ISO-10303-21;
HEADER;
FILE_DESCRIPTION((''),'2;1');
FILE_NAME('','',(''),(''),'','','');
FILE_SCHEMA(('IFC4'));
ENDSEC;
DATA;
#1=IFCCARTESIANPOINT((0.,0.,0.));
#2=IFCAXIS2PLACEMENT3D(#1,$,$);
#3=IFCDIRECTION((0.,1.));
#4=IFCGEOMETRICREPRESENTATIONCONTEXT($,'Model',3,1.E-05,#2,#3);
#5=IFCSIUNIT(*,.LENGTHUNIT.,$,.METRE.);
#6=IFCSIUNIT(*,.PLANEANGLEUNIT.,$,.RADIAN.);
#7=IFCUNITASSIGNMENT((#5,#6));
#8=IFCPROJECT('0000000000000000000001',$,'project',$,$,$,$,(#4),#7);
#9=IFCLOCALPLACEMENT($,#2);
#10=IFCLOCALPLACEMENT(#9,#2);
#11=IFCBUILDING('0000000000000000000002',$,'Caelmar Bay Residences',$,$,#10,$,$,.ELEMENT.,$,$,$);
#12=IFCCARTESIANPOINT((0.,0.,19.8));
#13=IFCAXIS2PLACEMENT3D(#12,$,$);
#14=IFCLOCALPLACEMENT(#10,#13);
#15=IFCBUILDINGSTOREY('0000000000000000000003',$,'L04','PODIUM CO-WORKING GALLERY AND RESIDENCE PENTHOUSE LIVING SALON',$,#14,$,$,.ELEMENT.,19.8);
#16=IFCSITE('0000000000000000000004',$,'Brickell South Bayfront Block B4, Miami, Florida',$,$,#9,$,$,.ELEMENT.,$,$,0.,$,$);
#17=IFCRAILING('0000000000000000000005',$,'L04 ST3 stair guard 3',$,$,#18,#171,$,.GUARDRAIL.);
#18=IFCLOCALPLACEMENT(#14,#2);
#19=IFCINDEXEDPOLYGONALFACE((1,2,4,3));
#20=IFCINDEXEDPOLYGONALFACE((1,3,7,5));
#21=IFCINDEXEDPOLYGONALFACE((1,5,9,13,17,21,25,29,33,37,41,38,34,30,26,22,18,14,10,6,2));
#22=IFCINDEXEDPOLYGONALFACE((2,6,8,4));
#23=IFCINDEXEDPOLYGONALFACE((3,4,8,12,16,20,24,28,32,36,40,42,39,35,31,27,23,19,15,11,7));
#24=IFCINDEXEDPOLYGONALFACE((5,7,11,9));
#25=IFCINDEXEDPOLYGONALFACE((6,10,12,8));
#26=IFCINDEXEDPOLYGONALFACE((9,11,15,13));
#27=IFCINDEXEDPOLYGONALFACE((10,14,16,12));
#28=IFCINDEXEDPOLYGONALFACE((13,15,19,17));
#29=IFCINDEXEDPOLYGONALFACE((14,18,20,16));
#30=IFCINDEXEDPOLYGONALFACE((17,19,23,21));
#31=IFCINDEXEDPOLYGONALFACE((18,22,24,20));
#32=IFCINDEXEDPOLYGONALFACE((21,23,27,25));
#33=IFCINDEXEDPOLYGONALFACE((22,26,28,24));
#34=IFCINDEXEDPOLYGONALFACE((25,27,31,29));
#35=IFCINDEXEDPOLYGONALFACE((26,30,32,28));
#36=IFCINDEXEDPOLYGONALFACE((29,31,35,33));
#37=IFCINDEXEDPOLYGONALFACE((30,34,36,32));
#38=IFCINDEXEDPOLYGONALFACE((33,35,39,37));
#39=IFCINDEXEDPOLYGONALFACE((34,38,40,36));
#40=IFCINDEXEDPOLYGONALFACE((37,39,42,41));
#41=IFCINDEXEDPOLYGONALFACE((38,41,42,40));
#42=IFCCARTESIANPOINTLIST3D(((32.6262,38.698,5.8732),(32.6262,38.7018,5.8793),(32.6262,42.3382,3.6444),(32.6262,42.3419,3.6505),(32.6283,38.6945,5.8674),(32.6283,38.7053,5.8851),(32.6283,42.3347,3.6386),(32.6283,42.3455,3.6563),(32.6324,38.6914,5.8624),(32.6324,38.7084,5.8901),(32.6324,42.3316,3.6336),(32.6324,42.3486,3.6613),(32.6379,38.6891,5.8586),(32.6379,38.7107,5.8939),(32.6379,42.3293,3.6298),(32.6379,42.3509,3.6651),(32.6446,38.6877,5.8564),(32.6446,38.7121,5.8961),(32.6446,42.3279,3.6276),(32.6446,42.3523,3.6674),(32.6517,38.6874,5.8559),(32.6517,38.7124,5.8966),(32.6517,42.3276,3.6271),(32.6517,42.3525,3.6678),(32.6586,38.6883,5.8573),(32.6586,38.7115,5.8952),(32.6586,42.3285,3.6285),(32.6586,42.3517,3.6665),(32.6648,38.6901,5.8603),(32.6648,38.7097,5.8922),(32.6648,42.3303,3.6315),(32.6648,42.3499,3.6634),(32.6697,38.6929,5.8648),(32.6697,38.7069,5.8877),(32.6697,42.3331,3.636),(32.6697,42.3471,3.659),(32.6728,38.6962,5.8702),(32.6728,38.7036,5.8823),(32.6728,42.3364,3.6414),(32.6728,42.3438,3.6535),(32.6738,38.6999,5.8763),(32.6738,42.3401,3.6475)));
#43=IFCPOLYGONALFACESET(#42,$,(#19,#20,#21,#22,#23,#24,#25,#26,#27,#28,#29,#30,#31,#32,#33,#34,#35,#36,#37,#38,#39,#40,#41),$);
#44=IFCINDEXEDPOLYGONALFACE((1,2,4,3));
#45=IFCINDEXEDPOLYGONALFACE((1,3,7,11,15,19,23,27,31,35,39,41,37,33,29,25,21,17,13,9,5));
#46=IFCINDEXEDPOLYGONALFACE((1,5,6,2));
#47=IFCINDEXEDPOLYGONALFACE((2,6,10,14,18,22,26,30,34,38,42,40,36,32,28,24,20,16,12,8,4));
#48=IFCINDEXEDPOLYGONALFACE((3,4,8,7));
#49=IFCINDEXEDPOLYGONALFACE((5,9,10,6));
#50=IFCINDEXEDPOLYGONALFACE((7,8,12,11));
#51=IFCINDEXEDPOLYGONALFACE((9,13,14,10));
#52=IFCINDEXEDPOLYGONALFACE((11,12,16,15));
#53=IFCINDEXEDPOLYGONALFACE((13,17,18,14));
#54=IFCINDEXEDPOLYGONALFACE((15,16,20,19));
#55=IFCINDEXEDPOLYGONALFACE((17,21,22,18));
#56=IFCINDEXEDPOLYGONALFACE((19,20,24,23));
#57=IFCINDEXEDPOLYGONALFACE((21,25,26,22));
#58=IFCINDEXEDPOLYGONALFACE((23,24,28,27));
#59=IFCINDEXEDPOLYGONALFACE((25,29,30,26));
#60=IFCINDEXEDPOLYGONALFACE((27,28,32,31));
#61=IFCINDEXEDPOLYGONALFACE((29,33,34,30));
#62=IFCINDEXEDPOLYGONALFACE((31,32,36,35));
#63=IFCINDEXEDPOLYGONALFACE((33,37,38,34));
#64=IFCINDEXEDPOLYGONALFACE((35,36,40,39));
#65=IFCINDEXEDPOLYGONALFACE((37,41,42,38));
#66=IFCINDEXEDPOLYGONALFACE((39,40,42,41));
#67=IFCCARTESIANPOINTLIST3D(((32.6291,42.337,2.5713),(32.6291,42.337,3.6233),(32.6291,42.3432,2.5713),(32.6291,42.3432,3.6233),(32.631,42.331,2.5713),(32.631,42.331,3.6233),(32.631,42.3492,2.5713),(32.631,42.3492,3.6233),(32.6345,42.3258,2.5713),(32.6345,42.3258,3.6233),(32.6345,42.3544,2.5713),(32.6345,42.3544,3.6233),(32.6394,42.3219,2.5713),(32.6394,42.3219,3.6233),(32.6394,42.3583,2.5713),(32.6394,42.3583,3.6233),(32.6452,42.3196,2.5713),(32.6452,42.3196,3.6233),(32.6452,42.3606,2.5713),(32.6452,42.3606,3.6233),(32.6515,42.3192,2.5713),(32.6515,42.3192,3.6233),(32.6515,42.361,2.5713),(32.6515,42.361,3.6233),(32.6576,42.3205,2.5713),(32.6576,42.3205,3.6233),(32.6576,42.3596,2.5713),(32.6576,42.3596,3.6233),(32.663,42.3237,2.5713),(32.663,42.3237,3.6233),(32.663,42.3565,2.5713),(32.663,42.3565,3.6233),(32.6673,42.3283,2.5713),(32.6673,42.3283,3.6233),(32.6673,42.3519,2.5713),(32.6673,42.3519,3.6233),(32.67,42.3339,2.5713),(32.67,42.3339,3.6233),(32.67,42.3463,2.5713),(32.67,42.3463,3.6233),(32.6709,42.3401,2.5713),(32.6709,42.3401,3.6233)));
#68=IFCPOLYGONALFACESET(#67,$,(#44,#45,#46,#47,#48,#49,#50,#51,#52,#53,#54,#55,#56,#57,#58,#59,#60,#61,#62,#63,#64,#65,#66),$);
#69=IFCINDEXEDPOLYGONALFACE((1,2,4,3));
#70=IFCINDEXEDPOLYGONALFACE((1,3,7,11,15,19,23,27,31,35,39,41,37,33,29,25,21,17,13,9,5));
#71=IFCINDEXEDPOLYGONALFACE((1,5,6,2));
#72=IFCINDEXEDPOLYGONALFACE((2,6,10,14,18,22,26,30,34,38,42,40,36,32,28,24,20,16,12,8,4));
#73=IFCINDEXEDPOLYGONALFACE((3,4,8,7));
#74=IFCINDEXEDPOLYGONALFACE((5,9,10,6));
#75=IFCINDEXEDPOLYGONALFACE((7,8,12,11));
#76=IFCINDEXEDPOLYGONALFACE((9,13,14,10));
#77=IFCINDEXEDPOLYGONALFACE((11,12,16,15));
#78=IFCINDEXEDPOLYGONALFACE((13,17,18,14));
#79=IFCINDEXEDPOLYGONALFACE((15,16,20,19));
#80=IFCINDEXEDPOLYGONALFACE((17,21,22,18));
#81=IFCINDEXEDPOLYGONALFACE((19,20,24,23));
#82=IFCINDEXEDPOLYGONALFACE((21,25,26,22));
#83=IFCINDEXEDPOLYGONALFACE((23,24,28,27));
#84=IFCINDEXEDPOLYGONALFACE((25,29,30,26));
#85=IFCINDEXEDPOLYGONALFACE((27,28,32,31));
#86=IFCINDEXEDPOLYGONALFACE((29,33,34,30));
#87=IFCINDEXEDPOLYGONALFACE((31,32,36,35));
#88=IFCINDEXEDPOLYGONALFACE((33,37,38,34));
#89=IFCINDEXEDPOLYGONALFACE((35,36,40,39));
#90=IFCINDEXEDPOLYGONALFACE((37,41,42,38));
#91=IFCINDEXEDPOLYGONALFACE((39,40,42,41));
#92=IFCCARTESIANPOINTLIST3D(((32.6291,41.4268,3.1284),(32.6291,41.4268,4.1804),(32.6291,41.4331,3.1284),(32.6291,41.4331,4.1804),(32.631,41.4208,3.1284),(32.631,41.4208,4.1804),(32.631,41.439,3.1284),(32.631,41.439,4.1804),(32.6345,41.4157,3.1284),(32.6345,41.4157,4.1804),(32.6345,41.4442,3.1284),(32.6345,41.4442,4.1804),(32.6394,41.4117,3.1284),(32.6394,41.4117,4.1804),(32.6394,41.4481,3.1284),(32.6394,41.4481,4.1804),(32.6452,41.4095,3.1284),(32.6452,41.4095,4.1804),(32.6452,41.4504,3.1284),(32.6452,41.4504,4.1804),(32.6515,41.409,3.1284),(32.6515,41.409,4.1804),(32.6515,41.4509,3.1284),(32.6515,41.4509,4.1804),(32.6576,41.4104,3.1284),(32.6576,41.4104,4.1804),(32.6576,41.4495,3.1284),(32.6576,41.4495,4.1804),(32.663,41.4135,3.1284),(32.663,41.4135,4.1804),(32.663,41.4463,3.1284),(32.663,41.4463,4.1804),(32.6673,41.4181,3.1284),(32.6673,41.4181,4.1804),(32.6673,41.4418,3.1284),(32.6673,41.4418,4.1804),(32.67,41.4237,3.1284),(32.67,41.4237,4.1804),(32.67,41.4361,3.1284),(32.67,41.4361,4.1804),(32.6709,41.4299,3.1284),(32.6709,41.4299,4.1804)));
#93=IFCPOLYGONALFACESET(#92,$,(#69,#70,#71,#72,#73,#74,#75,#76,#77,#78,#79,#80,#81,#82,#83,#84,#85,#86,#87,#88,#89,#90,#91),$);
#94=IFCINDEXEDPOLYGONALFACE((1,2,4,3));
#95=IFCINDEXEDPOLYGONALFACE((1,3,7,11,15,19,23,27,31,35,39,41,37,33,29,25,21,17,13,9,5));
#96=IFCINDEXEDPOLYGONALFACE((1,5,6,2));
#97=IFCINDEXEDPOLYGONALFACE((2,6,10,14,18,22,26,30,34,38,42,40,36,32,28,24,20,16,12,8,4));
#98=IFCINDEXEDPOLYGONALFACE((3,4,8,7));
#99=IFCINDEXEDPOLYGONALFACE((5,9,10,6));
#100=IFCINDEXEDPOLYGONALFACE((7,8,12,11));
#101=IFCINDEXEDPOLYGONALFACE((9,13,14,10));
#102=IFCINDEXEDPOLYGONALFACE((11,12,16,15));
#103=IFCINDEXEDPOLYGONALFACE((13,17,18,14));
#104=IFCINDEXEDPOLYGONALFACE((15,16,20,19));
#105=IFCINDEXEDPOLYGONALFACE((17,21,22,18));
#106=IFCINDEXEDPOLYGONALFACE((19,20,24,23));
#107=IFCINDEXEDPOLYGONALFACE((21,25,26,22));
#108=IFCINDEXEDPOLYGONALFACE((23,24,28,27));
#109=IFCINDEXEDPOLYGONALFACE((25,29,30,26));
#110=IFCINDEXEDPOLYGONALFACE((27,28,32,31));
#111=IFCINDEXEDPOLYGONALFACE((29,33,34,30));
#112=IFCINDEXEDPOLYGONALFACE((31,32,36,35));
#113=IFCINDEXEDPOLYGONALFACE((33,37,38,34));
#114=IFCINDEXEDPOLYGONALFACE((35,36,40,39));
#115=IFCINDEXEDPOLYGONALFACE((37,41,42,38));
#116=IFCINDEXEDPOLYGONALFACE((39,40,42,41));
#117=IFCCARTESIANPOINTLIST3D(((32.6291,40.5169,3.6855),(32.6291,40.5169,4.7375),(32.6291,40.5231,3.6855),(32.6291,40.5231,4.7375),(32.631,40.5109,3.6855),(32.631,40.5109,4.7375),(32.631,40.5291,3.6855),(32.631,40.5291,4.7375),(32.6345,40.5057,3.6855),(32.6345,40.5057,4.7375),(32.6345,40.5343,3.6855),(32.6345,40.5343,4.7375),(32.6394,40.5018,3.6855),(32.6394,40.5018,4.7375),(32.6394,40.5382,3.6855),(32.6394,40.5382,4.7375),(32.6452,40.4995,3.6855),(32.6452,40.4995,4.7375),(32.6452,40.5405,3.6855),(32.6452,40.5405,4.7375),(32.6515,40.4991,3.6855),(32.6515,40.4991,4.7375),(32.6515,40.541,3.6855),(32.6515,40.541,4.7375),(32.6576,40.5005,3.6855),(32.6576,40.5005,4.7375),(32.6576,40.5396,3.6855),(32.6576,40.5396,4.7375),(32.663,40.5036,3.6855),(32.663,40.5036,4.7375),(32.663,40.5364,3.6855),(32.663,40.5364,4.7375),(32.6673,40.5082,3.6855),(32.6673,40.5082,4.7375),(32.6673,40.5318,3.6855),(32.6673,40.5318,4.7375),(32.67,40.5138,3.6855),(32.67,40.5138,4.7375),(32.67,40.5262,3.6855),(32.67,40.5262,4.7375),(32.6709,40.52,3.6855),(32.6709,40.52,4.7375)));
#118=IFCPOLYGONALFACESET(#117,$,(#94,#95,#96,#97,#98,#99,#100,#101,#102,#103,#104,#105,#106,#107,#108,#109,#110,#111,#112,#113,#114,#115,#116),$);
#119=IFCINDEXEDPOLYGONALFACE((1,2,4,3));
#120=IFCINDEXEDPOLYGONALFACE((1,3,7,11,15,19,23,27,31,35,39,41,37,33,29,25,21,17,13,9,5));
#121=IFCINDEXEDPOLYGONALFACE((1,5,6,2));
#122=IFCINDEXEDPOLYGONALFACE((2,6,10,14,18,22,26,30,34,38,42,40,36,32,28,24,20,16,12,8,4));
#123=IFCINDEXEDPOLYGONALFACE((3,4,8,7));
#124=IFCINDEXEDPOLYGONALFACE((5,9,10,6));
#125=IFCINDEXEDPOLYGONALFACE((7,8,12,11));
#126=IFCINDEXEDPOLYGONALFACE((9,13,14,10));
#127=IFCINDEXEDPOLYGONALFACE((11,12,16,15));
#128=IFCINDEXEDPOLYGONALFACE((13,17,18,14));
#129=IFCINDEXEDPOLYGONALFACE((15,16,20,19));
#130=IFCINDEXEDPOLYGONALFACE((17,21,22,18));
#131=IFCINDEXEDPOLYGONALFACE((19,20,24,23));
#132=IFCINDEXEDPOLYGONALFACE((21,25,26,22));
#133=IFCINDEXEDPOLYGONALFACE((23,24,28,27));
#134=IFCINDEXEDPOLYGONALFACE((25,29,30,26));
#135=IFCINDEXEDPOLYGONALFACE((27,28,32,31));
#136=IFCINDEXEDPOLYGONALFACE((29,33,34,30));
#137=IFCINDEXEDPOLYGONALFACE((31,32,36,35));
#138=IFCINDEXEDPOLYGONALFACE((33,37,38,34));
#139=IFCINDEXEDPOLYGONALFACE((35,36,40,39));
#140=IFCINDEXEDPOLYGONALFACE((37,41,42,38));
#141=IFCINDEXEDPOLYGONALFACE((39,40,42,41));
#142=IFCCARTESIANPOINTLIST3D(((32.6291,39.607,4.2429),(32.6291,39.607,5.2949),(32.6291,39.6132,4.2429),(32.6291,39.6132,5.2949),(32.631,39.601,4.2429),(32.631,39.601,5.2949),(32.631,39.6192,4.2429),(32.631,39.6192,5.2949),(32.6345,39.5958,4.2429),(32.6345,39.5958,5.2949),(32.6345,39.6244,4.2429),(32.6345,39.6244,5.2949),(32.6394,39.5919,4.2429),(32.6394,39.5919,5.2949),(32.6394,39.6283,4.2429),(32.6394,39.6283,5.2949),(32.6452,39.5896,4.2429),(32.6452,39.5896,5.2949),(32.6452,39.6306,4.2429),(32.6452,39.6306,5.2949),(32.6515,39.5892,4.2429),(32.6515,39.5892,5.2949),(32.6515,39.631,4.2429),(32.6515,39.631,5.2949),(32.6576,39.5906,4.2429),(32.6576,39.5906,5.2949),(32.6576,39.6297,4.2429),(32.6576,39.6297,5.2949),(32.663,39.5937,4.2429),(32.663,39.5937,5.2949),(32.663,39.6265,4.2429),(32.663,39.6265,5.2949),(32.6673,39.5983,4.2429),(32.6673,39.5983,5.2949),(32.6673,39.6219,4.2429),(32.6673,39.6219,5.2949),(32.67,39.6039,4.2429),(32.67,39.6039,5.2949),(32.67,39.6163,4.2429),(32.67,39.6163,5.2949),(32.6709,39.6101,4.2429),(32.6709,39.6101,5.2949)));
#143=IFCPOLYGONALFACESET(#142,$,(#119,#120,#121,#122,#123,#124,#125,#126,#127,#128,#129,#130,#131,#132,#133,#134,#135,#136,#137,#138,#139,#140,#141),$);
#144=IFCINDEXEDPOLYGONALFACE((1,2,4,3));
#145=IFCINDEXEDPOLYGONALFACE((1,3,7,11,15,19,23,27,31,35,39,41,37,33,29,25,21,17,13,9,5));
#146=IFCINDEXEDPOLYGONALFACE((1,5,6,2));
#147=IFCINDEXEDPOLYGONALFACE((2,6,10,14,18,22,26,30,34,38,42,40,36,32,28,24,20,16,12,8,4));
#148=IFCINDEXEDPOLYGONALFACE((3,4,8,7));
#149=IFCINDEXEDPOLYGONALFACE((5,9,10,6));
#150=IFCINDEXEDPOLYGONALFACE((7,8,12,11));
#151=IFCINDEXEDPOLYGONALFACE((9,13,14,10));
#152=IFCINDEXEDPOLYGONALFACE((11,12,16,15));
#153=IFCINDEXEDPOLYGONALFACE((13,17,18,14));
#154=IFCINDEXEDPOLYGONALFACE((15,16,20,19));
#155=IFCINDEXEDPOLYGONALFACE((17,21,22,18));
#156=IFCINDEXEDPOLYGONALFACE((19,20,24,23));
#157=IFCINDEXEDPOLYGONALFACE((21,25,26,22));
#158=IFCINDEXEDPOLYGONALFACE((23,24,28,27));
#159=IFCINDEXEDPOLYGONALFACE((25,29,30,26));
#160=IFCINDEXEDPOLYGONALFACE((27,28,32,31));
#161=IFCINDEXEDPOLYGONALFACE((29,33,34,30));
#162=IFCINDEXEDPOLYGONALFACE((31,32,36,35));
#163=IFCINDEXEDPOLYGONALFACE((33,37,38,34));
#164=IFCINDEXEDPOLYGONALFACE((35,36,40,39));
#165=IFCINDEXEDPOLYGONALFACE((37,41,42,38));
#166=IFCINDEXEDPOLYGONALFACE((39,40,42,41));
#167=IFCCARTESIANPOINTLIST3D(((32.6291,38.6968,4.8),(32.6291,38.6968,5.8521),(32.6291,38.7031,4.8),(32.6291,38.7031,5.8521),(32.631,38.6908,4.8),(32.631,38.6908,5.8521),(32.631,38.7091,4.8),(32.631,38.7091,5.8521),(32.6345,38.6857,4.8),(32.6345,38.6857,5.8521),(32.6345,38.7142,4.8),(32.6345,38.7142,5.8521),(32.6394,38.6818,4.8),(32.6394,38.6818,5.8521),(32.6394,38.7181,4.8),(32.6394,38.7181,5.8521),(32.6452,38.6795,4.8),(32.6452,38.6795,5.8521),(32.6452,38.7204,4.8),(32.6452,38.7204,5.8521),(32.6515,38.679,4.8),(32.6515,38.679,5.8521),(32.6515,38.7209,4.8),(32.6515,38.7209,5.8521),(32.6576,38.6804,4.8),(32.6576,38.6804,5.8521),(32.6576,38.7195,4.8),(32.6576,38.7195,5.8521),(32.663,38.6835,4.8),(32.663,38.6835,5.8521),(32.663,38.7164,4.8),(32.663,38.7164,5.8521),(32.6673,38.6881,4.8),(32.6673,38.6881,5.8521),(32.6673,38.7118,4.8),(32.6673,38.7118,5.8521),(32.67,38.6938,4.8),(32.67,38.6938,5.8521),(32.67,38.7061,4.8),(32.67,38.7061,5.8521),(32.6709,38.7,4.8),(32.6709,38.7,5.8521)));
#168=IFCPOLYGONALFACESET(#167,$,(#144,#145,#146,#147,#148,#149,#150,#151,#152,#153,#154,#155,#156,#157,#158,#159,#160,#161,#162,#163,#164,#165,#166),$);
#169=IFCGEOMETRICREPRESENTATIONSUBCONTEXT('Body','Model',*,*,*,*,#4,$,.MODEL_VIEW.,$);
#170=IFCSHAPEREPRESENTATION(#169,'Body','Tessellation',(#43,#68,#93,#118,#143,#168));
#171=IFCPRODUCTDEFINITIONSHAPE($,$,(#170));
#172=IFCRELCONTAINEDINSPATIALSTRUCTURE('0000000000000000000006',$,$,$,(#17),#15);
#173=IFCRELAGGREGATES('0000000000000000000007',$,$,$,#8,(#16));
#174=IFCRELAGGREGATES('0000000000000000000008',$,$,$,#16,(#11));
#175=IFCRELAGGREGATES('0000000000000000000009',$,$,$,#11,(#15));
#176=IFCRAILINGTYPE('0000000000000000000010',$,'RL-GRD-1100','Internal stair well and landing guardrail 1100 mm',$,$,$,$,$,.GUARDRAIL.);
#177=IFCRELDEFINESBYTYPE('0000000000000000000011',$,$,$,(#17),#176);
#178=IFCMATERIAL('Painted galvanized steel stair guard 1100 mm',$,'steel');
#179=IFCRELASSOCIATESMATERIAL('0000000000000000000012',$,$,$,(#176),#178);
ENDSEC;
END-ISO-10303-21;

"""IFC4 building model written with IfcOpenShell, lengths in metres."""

from ifc_helpers import new_model, si_unit, direction, frame, origin, origin_2d, place, context, subcontext, project, spatial, circle, extrude, material, type_object, element, save


model = new_model("IFC4")

# Units and contexts
model_context = context("Model", 3, precision=1e-05, world=origin(), true_north=direction((0.0, 1.0)))
body_context = subcontext(model_context, "Body", "Model", "MODEL_VIEW")
ifc_project = project(units=[si_unit("LENGTHUNIT", "METRE"), si_unit("PLANEANGLEUNIT", "RADIAN")], contexts=[model_context])

# Site, building, storey
site_placement = place(None, origin())
site = spatial("IfcSite", under=ifc_project, at=site_placement, Name="Brickell South Bayfront Block B4, Miami, Florida", CompositionType="ELEMENT", RefElevation=0.0)
building_placement = place(site_placement, origin())
building = spatial("IfcBuilding", under=site, at=building_placement, Name="Caelmar Bay Residences", CompositionType="ELEMENT")
storey_placement = place(building_placement, frame((0.0, 0.0, 19.8)))
storey = spatial("IfcBuildingStorey", under=building, at=storey_placement, Name="L04", Description="PODIUM CO-WORKING GALLERY AND RESIDENCE PENTHOUSE LIVING SALON", CompositionType="ELEMENT", Elevation=19.8)

# Railing
ifc_material_1 = material(Name="Painted galvanized steel stair guard 1100 mm", Category="steel")
railing_type_1 = type_object("IfcRailingType", Name="RL-GRD-1100", Description="Internal stair well and landing guardrail 1100 mm", PredefinedType="GUARDRAIL", material=ifc_material_1)
railing_1_placement = place(storey_placement, frame((32.6499, 42.3401, 2.5713)))
element("IfcRailing", 1, at=railing_1_placement, inside=storey, type_object=railing_type_1, Name="L04 ST3 stair guard 3", PredefinedType="GUARDRAIL", context=body_context, shape_type="SweptSolid", body=[
    extrude(circle(Radius=0.0239, at=origin_2d()), frame((0.0, 0.0, 1.0762), z_axis=(0.0, -0.85284, 0.522172), x_axis=(1.0, 0.0, 0.0)), (0.0, 0.0, 1.0), 4.2683),
    extrude(circle(Radius=0.021, at=origin_2d()), origin(), (0.0, 0.0, 1.0), 1.052),
    extrude(circle(Radius=0.021, at=origin_2d()), frame((0.0, -0.9102, 0.5571)), (0.0, 0.0, 1.0), 1.052),
    extrude(circle(Radius=0.021, at=origin_2d()), frame((0.0, -1.8201, 1.1143)), (0.0, 0.0, 1.0), 1.052),
    extrude(circle(Radius=0.021, at=origin_2d()), frame((0.0, -2.73, 1.6716)), (0.0, 0.0, 1.0), 1.052),
    extrude(circle(Radius=0.021, at=origin_2d()), frame((0.0, -3.6401, 2.2288)), (0.0, 0.0, 1.0), 1.052),
])

save(model, "model.ifc")
